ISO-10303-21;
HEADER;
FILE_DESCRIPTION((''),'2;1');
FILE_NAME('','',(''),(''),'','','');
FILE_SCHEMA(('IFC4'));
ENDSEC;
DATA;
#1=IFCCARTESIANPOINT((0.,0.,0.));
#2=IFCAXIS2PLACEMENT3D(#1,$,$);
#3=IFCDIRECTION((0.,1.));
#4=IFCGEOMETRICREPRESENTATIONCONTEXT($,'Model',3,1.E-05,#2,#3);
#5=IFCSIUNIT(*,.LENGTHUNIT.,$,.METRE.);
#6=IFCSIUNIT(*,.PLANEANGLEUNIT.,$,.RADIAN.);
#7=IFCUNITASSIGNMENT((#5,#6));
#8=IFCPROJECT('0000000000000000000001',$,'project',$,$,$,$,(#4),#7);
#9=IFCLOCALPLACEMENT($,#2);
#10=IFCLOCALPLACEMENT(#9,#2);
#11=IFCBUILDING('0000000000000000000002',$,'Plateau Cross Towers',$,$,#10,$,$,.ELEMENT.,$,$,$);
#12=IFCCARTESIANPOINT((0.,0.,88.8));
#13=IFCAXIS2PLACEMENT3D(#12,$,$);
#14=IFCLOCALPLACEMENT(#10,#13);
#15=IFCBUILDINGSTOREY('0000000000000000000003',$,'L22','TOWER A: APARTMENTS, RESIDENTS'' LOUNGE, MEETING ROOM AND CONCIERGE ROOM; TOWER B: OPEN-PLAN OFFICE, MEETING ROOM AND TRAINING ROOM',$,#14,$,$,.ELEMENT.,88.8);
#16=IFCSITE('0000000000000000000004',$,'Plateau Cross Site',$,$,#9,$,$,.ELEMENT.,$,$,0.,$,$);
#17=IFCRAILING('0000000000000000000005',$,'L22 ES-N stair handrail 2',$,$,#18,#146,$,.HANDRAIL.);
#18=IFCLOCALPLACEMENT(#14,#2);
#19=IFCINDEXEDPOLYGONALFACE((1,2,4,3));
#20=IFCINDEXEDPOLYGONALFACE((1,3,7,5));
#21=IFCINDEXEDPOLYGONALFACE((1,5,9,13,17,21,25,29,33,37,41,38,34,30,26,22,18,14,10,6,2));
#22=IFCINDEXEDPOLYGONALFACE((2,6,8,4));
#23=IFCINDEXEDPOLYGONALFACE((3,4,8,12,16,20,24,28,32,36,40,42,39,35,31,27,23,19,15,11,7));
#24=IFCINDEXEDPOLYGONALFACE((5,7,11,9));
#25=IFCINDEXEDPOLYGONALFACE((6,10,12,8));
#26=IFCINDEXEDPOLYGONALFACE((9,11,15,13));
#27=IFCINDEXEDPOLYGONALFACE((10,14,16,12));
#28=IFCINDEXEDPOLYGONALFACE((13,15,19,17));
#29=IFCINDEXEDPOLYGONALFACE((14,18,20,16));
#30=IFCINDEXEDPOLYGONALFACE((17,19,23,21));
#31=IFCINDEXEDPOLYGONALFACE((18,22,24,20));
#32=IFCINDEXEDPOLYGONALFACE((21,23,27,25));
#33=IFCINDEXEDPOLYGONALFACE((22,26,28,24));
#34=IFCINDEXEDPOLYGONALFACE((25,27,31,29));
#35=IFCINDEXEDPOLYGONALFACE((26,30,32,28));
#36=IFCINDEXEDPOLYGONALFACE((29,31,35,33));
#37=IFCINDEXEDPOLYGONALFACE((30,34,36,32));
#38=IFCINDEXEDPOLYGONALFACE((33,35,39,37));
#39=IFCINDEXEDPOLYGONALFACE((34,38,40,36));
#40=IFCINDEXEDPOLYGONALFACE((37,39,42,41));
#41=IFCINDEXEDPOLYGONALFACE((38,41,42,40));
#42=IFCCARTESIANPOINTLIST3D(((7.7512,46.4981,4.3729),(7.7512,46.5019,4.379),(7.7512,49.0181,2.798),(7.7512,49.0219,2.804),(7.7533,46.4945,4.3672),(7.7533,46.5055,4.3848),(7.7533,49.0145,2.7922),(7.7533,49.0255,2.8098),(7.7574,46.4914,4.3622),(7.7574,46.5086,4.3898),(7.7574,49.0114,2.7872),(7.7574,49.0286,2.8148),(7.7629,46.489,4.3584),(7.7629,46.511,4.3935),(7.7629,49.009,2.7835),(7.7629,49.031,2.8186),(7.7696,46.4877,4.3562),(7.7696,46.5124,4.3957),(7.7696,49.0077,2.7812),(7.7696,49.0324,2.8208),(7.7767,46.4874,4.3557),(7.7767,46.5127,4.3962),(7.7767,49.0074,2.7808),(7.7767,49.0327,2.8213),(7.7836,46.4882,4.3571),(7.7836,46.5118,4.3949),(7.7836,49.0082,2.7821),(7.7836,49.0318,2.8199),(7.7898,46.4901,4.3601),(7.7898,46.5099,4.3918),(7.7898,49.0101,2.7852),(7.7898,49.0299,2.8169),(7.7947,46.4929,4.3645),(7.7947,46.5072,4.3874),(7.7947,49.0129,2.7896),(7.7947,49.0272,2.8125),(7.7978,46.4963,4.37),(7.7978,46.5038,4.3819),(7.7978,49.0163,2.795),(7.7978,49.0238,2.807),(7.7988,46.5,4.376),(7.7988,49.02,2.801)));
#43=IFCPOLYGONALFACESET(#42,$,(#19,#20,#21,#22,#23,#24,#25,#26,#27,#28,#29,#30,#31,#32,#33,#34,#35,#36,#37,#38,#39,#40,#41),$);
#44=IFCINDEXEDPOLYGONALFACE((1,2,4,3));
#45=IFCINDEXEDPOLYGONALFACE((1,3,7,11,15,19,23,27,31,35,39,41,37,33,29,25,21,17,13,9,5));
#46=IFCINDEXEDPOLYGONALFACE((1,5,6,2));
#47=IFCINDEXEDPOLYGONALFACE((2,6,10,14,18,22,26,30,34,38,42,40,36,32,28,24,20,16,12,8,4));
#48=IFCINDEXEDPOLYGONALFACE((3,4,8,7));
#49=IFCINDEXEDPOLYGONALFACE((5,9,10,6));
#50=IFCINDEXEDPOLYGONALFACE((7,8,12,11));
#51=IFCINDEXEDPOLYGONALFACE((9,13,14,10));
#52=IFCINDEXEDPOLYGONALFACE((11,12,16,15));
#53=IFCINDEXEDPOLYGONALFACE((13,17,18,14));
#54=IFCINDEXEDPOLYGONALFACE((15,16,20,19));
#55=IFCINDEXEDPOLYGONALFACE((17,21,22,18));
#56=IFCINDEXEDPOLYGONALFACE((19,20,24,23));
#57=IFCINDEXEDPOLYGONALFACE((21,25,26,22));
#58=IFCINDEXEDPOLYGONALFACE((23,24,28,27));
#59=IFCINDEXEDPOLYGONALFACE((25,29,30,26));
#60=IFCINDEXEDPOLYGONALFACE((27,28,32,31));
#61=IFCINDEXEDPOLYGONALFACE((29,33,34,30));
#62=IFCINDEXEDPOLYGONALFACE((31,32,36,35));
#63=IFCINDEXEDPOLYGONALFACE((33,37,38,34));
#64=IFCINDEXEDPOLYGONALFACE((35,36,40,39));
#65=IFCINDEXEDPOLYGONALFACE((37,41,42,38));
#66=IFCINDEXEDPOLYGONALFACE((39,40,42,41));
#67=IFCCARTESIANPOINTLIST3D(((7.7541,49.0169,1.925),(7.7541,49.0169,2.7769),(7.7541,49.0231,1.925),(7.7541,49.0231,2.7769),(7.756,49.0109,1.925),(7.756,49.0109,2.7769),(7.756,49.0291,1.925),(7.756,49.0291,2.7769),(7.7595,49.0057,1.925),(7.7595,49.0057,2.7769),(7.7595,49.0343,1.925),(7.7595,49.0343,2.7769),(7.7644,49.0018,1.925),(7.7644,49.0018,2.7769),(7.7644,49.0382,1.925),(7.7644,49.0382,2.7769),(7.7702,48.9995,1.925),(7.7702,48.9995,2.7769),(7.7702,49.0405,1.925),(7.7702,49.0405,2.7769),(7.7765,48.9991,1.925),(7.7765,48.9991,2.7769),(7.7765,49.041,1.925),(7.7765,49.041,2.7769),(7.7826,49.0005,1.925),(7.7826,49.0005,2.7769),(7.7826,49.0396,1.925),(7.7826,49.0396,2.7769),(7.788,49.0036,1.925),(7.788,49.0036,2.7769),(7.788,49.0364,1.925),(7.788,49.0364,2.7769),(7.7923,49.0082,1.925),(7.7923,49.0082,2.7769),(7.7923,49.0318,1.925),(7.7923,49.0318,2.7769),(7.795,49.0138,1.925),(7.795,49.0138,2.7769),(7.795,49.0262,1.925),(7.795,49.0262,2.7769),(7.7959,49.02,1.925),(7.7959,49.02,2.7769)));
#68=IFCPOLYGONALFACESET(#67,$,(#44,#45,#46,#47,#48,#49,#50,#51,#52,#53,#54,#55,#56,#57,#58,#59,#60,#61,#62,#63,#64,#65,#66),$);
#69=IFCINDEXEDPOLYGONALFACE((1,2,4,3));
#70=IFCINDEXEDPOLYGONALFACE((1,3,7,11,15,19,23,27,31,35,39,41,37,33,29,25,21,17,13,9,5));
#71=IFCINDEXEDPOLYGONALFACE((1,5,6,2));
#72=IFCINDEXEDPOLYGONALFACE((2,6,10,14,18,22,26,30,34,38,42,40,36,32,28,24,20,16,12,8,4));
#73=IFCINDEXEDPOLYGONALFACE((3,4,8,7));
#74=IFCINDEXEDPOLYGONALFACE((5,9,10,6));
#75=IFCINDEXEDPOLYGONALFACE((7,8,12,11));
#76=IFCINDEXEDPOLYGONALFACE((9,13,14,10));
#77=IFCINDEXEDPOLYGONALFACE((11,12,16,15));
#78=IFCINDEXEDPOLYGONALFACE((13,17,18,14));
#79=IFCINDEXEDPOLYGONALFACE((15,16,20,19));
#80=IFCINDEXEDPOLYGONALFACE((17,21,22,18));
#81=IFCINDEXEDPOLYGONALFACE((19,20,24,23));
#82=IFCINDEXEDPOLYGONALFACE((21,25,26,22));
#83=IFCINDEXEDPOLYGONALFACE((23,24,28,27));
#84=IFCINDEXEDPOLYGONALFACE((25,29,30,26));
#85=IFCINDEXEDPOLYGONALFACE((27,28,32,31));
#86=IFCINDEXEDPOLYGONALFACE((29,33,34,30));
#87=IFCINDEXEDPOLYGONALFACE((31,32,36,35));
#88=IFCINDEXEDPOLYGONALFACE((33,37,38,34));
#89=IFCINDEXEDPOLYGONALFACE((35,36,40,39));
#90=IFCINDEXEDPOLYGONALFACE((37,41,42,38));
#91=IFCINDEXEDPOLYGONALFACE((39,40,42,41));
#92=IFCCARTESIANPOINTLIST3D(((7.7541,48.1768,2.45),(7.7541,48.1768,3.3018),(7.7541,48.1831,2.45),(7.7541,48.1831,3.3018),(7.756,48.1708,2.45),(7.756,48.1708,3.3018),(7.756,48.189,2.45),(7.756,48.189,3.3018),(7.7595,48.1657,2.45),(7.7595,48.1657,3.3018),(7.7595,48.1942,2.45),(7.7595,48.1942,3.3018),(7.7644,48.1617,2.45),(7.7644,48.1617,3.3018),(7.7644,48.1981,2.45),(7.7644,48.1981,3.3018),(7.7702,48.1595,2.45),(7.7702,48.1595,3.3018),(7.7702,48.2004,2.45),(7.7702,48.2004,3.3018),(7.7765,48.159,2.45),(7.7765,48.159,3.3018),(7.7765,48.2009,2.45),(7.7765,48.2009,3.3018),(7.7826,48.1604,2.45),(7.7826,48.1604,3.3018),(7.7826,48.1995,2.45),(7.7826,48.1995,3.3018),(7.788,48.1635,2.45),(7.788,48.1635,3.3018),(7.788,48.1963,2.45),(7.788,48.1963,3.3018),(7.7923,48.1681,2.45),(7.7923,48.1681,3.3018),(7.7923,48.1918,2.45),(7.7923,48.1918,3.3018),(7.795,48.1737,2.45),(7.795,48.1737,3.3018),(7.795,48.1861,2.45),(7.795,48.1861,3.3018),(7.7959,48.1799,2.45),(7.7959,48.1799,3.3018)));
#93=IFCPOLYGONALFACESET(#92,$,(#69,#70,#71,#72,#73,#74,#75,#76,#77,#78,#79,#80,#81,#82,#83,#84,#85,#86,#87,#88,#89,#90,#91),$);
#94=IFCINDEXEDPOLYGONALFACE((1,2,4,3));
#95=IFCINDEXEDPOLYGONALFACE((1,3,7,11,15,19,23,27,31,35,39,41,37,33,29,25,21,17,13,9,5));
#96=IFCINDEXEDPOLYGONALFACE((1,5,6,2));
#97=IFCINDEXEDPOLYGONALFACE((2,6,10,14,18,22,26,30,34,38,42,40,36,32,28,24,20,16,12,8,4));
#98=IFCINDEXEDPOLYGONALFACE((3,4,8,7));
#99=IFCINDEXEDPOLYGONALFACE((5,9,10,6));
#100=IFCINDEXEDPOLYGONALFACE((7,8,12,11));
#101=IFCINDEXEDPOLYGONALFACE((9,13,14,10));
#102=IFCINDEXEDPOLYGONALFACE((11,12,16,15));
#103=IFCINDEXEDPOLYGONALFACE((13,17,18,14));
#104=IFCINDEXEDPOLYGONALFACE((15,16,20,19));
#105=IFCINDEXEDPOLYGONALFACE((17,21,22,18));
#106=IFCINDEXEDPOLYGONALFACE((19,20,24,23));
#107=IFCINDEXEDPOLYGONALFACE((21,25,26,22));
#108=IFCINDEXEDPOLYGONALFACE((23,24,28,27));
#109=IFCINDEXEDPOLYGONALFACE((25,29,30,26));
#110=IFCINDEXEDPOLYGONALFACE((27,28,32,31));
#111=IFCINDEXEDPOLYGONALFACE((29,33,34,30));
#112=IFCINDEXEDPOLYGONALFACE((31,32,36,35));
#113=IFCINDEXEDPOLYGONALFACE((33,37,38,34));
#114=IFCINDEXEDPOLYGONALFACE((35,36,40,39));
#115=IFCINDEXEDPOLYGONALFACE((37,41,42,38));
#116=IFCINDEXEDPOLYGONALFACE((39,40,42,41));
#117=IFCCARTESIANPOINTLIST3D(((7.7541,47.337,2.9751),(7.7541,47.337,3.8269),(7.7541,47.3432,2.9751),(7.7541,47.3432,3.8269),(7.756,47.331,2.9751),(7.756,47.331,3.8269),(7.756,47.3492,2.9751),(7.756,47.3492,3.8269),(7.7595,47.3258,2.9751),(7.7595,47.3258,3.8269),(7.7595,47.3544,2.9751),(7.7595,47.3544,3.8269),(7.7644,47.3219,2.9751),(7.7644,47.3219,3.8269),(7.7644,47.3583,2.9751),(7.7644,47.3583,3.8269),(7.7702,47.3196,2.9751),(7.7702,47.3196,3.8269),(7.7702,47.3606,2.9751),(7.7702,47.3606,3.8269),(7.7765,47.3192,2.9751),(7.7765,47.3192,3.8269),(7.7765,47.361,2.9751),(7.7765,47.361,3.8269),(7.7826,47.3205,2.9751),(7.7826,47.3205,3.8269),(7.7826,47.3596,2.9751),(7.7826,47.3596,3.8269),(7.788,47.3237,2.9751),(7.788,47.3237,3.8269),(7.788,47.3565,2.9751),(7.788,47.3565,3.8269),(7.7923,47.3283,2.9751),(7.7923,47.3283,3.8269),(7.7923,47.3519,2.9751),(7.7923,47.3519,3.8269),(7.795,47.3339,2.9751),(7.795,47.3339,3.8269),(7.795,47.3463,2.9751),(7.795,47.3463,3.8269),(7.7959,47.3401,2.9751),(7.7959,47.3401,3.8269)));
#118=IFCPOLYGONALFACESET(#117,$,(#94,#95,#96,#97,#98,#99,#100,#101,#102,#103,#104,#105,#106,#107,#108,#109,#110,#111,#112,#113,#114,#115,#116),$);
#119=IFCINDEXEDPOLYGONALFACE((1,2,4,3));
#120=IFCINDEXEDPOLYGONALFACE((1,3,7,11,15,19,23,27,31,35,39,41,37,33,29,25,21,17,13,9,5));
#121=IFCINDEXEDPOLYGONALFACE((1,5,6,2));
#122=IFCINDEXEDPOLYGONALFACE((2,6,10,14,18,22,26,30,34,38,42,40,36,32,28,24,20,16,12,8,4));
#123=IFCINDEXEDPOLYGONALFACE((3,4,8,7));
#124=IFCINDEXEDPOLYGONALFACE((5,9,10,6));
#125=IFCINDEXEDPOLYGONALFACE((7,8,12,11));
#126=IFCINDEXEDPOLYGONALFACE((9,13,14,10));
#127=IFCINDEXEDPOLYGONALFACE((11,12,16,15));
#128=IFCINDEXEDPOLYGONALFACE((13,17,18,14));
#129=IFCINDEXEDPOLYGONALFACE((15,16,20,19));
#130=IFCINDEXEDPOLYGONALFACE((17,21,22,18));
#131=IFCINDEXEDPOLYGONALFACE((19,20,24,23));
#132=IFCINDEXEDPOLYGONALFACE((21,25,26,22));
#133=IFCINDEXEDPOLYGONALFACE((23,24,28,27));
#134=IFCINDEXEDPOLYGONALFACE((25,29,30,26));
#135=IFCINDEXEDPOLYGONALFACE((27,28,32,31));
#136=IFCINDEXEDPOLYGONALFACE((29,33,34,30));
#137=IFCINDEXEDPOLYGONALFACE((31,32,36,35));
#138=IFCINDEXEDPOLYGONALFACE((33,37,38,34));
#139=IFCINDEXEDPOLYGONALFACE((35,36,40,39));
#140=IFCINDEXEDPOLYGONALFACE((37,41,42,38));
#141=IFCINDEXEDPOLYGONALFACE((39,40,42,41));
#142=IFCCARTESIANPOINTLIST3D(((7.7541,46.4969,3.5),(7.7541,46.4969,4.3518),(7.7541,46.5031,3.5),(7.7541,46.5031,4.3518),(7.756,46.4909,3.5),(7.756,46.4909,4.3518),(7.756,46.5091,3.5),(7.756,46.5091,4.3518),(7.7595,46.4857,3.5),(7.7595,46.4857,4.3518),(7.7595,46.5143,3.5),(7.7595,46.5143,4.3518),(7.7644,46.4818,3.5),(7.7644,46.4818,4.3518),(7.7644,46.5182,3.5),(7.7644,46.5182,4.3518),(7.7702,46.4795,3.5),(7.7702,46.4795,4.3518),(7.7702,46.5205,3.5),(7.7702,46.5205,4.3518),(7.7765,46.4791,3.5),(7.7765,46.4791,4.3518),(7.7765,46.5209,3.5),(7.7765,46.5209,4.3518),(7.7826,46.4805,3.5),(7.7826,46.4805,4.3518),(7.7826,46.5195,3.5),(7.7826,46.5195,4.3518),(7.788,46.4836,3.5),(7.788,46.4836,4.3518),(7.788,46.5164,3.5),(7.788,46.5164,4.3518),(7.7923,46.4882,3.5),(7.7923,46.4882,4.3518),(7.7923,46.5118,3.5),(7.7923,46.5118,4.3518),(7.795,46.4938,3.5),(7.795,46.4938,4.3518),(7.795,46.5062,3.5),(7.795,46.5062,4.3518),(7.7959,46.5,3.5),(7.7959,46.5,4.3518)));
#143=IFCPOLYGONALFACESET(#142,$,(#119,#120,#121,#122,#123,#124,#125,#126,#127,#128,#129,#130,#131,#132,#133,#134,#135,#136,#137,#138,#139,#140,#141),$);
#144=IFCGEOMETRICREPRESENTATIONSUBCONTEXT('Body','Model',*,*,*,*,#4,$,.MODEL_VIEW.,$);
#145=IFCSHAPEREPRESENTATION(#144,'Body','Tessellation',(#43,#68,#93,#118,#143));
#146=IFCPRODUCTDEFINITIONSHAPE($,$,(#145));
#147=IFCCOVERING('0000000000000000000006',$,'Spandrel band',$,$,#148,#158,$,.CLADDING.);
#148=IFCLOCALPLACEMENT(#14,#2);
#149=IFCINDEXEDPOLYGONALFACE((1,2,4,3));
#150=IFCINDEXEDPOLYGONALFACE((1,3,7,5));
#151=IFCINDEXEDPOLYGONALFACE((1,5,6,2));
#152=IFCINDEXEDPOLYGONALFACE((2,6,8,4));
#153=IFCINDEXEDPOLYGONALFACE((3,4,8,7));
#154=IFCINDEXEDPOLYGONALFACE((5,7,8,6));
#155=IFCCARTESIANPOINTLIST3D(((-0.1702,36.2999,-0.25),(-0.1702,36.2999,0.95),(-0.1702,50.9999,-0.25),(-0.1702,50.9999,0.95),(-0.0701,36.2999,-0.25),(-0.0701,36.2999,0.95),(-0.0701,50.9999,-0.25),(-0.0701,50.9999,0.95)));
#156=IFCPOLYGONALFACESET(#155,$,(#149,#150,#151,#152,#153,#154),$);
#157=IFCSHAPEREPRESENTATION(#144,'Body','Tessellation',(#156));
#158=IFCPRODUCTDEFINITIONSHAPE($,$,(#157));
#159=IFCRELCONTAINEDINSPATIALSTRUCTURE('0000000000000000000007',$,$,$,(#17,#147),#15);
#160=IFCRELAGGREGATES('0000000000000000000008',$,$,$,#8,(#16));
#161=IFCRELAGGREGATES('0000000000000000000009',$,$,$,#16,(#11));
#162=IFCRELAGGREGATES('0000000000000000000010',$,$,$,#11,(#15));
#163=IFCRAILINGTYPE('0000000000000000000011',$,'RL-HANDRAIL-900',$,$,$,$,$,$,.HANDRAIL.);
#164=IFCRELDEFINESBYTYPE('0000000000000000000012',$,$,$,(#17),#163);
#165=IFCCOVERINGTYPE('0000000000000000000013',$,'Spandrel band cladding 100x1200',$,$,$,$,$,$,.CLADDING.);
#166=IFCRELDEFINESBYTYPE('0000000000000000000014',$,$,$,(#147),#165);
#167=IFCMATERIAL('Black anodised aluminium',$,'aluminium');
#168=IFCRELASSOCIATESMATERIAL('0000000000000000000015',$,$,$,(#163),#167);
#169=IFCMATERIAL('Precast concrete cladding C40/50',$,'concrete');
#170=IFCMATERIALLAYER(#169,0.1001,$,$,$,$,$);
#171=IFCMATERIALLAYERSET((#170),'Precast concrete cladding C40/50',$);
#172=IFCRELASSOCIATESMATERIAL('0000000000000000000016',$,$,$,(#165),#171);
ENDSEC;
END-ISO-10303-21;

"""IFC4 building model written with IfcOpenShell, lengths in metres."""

from ifc_helpers import new_model, si_unit, direction, frame, origin, origin_2d, place, context, subcontext, project, spatial, rectangle, circle, extrude, material, layer, layer_set, type_object, element, save


model = new_model("IFC4")

# Units and contexts
model_context = context("Model", 3, precision=1e-05, world=origin(), true_north=direction((0.0, 1.0)))
body_context = subcontext(model_context, "Body", "Model", "MODEL_VIEW")
ifc_project = project(units=[si_unit("LENGTHUNIT", "METRE"), si_unit("PLANEANGLEUNIT", "RADIAN")], contexts=[model_context])

# Site, building, storey
site_placement = place(None, origin())
site = spatial("IfcSite", under=ifc_project, at=site_placement, Name="Plateau Cross Site", CompositionType="ELEMENT", RefElevation=0.0)
building_placement = place(site_placement, origin())
building = spatial("IfcBuilding", under=site, at=building_placement, Name="Plateau Cross Towers", CompositionType="ELEMENT")
storey_placement = place(building_placement, frame((0.0, 0.0, 88.8)))
storey = spatial("IfcBuildingStorey", under=building, at=storey_placement, Name="L22", Description="TOWER A: APARTMENTS, RESIDENTS' LOUNGE, MEETING ROOM AND CONCIERGE ROOM; TOWER B: OPEN-PLAN OFFICE, MEETING ROOM AND TRAINING ROOM", CompositionType="ELEMENT", Elevation=88.8)

# Shared definitions
ifc_material_1 = material(Name="Black anodised aluminium", Category="aluminium")

# Railing
railing_type_1 = type_object("IfcRailingType", Name="RL-HANDRAIL-900", PredefinedType="HANDRAIL", material=ifc_material_1)
railing_1_placement = place(storey_placement, frame((7.7749, 49.02, 1.925)))
element("IfcRailing", 1, at=railing_1_placement, inside=storey, type_object=railing_type_1, Name="L22 ES-N stair handrail 2", PredefinedType="HANDRAIL", context=body_context, shape_type="SweptSolid", body=[
    extrude(circle(Radius=0.0239, at=origin_2d()), frame((0.0, 0.0, 0.876), z_axis=(0.0, -0.848008, 0.529984), x_axis=(1.0, 0.0, 0.0)), (0.0, 0.0, 1.0), 2.9717),
    extrude(circle(Radius=0.021, at=origin_2d()), origin(), (0.0, 0.0, 1.0), 0.8518),
    extrude(circle(Radius=0.021, at=origin_2d()), frame((0.0, -0.8401, 0.5249)), (0.0, 0.0, 1.0), 0.8518),
    extrude(circle(Radius=0.021, at=origin_2d()), frame((0.0, -1.6799, 1.05)), (0.0, 0.0, 1.0), 0.8518),
    extrude(circle(Radius=0.021, at=origin_2d()), frame((0.0, -2.52, 1.575)), (0.0, 0.0, 1.0), 0.8518),
])

# Covering
ifc_material_2 = material(Name="Precast concrete cladding C40/50", Category="concrete")
ifc_layer_1 = layer(ifc_material_2, 0.1001)
ifc_layer_set_1 = layer_set([ifc_layer_1], Name="Precast concrete cladding C40/50")
covering_type = type_object("IfcCoveringType", Name="Spandrel band cladding 100x1200", PredefinedType="CLADDING", material=ifc_layer_set_1)
covering_placement = place(storey_placement, frame((-0.1201, 43.6499, -0.25), z_axis=(0.0, 0.0, 1.0), x_axis=(0.0, -1.0, 0.0)))
element("IfcCovering", 2, at=covering_placement, inside=storey, type_object=covering_type, Name="Spandrel band", PredefinedType="CLADDING", context=body_context, shape_type="SweptSolid", body=[
    extrude(rectangle(XDim=14.7, YDim=0.1001, at=origin_2d()), origin(), (0.0, 0.0, 1.0), 1.2),
])

save(model, "model.ifc")
